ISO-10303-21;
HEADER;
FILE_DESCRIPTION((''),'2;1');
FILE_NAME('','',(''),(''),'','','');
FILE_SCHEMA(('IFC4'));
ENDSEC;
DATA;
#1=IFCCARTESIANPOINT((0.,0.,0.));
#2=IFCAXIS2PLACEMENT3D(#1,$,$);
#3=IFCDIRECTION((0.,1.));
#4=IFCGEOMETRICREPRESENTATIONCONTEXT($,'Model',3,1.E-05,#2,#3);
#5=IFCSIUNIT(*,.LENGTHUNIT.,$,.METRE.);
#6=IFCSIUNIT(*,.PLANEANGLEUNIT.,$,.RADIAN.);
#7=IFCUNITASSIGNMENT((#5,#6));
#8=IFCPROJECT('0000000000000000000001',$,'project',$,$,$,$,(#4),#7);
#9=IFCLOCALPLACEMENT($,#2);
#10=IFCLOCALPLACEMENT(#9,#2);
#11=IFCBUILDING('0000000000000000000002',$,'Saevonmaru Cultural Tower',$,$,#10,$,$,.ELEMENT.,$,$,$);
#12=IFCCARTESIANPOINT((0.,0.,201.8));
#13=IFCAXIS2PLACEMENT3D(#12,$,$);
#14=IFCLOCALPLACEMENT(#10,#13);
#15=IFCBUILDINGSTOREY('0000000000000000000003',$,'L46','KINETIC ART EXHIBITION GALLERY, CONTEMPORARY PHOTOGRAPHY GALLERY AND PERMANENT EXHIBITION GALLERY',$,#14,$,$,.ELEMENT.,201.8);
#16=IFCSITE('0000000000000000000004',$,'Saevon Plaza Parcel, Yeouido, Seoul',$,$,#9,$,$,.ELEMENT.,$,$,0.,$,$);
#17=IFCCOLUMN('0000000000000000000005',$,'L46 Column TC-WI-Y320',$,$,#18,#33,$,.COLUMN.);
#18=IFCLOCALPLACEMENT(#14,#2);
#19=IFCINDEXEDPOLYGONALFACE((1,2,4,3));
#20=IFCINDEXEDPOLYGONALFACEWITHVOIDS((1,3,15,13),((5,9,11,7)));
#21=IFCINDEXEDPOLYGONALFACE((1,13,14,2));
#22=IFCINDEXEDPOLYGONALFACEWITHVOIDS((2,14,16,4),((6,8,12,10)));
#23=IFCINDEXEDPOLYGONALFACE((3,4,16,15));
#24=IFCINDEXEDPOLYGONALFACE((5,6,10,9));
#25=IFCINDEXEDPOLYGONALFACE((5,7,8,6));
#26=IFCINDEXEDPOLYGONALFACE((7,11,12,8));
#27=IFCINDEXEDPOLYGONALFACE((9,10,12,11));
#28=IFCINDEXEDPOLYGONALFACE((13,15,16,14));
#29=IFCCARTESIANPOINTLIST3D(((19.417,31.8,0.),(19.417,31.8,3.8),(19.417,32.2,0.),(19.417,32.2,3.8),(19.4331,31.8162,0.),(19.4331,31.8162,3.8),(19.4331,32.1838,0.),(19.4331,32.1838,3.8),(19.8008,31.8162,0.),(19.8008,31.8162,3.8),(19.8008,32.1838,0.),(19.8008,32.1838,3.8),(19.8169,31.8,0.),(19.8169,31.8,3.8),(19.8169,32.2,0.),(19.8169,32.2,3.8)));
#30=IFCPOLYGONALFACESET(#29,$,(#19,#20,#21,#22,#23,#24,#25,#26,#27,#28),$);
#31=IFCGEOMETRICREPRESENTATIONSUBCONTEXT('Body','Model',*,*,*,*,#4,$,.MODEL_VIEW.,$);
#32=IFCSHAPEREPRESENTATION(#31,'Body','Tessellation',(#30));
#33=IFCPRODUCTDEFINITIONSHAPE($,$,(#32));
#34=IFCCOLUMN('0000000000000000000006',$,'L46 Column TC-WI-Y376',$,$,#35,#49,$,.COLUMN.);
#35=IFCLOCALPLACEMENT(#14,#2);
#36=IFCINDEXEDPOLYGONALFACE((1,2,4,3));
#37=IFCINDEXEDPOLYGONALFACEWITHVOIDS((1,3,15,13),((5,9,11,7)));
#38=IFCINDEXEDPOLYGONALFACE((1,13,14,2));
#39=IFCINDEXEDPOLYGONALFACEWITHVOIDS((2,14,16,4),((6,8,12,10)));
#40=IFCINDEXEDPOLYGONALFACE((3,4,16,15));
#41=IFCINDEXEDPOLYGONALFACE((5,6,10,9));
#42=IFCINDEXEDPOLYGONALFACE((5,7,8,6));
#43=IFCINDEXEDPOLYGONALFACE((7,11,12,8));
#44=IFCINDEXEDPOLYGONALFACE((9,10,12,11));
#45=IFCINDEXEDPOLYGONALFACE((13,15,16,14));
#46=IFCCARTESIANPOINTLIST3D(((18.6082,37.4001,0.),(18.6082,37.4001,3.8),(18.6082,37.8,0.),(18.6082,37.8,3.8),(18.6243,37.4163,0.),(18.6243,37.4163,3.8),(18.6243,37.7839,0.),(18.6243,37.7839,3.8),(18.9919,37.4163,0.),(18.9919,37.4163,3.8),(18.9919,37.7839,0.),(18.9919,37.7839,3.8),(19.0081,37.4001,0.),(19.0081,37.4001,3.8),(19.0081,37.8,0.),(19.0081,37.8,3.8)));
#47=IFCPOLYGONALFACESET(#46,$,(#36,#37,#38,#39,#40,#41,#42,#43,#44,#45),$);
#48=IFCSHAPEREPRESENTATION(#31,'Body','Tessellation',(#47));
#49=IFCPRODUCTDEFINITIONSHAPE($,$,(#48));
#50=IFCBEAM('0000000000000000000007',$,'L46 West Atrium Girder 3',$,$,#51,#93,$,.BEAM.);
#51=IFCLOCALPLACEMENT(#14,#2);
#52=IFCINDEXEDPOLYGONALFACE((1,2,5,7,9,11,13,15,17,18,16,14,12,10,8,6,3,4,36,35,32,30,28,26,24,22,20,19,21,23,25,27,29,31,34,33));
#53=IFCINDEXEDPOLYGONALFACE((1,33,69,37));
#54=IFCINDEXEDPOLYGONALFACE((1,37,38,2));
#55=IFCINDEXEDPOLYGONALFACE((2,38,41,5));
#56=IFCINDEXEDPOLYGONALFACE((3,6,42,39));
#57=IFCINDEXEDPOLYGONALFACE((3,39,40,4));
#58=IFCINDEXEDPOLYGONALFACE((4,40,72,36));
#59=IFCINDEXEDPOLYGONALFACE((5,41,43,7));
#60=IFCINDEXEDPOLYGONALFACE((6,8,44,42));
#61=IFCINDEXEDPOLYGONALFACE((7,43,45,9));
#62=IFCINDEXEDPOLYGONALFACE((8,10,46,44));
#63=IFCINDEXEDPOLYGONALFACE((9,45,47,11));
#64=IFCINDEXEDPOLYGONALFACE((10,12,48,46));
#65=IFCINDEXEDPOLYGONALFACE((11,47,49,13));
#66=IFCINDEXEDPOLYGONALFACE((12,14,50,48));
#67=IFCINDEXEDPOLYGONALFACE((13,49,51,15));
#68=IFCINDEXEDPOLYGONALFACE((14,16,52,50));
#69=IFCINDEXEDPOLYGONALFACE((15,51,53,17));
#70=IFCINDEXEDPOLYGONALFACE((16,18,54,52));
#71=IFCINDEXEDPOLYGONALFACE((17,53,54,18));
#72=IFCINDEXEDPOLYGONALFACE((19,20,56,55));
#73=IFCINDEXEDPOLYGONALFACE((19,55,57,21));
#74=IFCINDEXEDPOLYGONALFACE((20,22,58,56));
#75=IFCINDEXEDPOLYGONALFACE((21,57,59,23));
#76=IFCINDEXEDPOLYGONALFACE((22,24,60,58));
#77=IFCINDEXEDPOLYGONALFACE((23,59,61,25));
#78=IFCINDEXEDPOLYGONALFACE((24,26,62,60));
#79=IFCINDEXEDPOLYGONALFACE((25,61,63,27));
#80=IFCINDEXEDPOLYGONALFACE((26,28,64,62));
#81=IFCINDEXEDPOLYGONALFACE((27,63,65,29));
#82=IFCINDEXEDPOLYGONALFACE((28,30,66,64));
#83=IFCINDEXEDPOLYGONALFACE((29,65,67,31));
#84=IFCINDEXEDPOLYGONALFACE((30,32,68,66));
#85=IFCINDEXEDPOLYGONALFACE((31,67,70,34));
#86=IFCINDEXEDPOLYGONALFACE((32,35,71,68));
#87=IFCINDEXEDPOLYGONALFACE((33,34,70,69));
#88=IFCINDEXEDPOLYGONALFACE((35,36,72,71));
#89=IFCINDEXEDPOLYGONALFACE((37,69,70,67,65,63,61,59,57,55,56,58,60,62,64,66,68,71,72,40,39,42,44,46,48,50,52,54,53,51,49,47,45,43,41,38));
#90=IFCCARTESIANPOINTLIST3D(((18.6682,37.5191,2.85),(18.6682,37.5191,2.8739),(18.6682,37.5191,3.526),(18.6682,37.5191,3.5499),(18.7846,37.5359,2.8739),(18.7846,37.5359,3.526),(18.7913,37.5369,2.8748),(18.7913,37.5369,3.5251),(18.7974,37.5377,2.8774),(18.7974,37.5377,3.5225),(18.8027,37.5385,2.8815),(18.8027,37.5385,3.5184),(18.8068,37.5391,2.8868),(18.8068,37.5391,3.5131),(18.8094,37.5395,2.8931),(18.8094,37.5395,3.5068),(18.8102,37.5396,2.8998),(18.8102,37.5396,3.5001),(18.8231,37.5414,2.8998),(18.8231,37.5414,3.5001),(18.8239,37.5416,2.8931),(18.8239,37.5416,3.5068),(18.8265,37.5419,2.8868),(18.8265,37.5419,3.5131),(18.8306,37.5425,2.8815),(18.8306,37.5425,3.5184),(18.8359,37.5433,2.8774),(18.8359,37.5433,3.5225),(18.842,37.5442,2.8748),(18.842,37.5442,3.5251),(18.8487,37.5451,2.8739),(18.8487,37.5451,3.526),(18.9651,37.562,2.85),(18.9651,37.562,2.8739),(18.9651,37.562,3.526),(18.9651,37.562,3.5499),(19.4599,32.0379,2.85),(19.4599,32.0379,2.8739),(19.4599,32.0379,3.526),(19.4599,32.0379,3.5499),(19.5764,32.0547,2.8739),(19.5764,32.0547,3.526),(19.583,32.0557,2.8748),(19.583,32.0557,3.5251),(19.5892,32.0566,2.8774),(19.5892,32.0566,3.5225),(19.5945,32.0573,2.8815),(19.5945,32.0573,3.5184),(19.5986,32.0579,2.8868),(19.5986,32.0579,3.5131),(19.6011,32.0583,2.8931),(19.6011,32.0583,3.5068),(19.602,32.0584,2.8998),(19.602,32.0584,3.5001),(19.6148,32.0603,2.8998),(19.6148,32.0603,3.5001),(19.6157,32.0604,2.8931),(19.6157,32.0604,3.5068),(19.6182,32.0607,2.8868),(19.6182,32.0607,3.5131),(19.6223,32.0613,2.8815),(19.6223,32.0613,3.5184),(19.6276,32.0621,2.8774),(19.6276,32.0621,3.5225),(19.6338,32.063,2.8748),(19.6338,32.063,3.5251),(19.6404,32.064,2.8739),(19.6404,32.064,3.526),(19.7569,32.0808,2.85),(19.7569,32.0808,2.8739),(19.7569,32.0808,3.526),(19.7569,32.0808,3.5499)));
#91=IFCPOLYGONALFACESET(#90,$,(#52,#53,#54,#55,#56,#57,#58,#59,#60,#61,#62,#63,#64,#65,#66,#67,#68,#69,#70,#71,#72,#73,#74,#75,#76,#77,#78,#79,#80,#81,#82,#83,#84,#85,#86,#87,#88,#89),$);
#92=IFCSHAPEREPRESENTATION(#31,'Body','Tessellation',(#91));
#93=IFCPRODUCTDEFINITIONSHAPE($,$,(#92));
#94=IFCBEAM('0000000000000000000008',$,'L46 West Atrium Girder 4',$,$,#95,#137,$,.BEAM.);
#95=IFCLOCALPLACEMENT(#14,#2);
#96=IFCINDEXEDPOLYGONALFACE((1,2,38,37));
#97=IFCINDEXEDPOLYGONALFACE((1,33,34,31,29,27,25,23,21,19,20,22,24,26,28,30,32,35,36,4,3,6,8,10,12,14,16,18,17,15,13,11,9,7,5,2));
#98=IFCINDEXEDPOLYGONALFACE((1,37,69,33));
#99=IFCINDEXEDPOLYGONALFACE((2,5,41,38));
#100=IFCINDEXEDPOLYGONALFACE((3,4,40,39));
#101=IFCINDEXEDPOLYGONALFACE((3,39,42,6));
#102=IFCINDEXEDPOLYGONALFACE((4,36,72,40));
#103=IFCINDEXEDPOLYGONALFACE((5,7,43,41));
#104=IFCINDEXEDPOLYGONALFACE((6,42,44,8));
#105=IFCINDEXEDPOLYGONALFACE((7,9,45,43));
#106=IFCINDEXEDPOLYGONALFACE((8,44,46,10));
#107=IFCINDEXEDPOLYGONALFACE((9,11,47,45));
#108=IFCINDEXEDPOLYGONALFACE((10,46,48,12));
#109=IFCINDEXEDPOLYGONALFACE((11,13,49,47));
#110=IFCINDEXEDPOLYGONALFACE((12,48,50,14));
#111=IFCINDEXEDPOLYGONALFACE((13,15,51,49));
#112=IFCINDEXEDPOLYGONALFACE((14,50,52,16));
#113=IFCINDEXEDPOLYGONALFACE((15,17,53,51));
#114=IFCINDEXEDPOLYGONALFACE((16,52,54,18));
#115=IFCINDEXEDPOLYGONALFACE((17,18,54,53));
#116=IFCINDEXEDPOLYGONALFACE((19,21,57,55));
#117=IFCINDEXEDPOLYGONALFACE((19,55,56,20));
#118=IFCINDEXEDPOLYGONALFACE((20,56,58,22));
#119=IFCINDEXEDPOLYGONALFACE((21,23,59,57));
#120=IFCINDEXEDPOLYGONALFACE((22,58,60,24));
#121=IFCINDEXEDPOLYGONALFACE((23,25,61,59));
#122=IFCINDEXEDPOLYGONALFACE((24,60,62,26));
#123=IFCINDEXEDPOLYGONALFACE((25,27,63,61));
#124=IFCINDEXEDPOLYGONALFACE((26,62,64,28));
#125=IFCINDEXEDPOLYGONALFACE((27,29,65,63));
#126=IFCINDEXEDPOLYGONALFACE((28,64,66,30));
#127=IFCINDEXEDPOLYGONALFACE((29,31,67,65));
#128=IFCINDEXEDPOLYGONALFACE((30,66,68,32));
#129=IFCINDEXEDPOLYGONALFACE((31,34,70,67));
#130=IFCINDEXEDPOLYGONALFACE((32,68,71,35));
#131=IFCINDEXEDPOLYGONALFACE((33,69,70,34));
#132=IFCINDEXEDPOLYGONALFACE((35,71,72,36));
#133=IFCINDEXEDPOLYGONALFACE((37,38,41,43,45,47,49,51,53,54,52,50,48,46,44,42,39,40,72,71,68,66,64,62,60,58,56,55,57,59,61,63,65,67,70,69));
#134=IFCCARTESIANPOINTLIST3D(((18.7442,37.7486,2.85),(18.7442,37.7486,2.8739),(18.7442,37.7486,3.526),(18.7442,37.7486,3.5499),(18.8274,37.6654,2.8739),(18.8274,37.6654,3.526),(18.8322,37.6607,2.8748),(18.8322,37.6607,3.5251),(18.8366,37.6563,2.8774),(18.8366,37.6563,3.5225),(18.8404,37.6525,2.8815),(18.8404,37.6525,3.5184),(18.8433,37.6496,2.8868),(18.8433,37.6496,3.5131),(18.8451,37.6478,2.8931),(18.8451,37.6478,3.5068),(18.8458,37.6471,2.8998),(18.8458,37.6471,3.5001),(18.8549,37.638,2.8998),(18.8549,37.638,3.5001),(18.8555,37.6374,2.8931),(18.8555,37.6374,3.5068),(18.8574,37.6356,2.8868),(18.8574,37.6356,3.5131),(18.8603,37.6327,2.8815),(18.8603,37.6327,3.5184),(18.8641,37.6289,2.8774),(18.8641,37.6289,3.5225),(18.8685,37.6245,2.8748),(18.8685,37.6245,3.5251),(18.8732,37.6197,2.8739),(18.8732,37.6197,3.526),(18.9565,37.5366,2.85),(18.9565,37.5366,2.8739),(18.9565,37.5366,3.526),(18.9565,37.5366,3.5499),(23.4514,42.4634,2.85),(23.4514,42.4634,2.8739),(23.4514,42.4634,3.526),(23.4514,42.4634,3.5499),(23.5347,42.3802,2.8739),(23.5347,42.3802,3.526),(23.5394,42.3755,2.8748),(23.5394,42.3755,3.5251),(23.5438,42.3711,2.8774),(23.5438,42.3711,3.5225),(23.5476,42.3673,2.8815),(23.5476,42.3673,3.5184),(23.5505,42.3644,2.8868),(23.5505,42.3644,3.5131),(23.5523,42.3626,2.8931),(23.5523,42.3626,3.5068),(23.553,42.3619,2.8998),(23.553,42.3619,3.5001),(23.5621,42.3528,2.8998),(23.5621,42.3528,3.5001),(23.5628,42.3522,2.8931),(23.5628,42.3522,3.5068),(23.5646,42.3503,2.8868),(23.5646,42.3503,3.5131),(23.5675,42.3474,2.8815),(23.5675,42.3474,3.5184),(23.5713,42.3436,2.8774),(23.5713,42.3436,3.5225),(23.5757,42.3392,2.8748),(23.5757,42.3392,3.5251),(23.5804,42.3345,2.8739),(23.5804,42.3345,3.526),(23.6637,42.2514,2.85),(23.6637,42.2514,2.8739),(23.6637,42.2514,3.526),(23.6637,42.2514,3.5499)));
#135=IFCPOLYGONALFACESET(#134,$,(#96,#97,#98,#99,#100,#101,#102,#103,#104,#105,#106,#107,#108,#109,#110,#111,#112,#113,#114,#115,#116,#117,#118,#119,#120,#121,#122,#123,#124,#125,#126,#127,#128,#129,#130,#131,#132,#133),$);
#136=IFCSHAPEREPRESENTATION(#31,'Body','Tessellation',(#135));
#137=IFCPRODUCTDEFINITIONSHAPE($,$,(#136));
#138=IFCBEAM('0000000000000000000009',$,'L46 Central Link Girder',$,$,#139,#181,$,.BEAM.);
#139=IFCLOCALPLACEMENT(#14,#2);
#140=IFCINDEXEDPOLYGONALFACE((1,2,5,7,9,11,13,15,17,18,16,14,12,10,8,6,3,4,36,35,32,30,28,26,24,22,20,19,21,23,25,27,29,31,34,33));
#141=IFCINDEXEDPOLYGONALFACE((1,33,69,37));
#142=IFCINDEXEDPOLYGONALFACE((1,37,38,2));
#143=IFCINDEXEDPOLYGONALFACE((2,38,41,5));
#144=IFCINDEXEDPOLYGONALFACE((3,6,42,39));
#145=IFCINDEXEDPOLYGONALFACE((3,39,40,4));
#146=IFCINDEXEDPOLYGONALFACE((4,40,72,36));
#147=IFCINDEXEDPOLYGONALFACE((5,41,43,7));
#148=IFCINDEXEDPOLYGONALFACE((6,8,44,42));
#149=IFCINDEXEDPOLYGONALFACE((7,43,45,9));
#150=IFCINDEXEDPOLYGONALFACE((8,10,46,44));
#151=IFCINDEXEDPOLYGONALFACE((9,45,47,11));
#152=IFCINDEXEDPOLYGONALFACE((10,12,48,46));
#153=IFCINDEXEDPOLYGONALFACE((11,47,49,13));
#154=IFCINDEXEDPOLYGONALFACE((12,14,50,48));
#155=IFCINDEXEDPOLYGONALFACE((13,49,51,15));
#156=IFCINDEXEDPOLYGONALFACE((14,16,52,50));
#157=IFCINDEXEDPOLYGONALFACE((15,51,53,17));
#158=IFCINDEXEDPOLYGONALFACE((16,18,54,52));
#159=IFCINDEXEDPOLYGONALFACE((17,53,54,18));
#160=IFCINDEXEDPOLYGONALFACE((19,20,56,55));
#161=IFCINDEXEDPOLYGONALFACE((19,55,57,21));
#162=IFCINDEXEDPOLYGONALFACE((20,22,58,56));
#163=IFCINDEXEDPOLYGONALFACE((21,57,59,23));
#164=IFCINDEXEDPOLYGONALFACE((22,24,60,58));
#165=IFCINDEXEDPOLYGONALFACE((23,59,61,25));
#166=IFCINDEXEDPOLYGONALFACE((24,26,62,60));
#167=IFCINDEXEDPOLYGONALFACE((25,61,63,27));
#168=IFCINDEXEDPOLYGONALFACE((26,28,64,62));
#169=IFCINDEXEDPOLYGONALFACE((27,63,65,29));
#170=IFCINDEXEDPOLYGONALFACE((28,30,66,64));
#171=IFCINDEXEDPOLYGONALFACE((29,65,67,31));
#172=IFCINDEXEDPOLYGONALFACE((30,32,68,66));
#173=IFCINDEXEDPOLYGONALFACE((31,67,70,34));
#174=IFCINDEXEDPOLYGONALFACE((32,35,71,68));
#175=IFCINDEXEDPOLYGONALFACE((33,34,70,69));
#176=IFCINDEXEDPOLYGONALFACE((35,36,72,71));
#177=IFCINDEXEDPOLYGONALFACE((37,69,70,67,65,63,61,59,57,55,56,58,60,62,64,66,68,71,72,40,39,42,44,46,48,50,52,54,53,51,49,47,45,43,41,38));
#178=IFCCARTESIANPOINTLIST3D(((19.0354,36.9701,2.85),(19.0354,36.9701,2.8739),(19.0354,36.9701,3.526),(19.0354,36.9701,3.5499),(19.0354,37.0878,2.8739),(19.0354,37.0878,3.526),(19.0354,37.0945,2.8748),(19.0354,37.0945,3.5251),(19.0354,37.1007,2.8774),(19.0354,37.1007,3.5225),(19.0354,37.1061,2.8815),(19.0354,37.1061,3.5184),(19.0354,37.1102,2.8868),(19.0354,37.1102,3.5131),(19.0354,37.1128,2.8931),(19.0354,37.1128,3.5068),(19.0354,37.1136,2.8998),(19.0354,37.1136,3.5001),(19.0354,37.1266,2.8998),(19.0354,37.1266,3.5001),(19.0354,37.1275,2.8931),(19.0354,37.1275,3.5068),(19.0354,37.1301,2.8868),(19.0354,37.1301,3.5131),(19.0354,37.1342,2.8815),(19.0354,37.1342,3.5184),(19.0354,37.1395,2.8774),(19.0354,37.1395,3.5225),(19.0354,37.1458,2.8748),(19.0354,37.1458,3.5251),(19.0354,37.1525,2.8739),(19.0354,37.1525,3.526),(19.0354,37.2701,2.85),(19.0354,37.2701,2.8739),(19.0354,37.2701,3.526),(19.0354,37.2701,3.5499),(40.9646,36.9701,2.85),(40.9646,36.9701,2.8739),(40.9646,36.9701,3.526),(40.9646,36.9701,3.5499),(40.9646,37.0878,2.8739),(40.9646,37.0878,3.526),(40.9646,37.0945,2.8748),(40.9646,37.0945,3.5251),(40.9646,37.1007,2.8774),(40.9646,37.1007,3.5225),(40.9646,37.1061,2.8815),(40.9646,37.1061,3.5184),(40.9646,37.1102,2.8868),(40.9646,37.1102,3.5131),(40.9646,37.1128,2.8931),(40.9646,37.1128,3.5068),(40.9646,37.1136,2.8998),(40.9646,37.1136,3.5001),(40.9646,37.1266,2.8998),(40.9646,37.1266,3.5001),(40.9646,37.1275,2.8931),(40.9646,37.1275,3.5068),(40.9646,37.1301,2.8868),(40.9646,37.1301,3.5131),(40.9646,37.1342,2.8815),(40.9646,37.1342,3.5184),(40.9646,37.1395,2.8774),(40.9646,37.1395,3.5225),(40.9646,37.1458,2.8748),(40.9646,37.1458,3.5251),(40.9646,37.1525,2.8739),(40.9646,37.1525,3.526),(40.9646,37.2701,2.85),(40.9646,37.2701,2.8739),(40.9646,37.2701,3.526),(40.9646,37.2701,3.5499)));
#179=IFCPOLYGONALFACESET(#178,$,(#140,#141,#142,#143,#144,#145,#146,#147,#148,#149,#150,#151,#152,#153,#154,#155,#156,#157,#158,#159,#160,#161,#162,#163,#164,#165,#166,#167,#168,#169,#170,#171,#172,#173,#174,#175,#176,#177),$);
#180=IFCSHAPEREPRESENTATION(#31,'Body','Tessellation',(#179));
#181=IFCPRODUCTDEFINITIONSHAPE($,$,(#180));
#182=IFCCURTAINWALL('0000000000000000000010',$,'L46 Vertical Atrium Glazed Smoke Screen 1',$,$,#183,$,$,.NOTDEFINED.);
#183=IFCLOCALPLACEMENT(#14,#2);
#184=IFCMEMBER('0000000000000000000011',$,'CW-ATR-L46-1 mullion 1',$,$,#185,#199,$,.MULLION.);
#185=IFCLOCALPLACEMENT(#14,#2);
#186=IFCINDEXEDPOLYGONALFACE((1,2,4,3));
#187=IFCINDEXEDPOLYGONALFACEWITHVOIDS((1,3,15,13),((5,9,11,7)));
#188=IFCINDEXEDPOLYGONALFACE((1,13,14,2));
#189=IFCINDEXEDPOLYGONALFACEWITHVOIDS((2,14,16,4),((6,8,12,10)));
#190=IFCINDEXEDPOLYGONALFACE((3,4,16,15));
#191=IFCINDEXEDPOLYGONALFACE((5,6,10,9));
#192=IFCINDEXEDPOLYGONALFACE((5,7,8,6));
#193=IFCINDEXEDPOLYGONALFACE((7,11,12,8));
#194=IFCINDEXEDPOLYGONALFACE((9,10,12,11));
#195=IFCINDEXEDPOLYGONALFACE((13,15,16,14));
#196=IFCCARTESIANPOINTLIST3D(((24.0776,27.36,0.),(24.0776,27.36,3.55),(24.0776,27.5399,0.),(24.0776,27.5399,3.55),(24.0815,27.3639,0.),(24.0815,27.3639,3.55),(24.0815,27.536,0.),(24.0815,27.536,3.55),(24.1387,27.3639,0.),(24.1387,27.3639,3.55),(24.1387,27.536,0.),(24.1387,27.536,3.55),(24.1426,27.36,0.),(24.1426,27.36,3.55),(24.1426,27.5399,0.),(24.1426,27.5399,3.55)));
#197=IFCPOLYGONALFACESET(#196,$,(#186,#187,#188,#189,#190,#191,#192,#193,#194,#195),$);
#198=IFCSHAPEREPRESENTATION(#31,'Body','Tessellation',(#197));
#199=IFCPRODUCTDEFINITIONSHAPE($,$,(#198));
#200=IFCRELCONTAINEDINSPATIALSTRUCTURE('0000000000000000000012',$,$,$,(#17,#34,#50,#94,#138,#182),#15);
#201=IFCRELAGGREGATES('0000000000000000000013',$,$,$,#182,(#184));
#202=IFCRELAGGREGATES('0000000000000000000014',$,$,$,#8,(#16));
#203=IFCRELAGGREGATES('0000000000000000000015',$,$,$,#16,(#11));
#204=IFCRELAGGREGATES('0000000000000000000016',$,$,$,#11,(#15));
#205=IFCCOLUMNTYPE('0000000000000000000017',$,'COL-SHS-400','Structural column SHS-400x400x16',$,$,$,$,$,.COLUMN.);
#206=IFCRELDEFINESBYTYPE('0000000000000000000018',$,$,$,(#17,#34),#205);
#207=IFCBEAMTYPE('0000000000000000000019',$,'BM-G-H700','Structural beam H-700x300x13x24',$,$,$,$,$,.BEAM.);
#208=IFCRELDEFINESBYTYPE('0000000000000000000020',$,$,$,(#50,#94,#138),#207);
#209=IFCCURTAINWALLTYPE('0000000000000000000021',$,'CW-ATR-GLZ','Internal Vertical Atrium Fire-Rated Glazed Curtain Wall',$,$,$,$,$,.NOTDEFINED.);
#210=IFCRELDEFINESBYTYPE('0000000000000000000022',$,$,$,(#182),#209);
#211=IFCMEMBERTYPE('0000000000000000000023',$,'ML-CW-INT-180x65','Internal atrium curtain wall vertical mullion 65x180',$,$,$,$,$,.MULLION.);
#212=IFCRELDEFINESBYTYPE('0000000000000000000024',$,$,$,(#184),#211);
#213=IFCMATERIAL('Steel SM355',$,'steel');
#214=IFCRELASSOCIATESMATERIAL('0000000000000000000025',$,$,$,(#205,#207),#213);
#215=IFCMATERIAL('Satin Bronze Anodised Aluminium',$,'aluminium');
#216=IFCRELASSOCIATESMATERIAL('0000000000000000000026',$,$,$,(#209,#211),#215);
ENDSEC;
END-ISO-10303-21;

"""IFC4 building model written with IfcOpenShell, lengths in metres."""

from ifc_helpers import new_model, si_unit, direction, frame, origin, origin_2d, place, context, subcontext, project, spatial, hollow_rectangle, i_section, extrude, material, material_profile, profile_set, type_object, element, aggregate, save


model = new_model("IFC4")

# Units and contexts
model_context = context("Model", 3, precision=1e-05, world=origin(), true_north=direction((0.0, 1.0)))
body_context = subcontext(model_context, "Body", "Model", "MODEL_VIEW")
ifc_project = project(units=[si_unit("LENGTHUNIT", "METRE"), si_unit("PLANEANGLEUNIT", "RADIAN")], contexts=[model_context])

# Site, building, storey
site_placement = place(None, origin())
site = spatial("IfcSite", under=ifc_project, at=site_placement, Name="Saevon Plaza Parcel, Yeouido, Seoul", CompositionType="ELEMENT", RefElevation=0.0)
building_placement = place(site_placement, origin())
building = spatial("IfcBuilding", under=site, at=building_placement, Name="Saevonmaru Cultural Tower", CompositionType="ELEMENT")
storey_placement = place(building_placement, frame((0.0, 0.0, 201.8)))
storey = spatial("IfcBuildingStorey", under=building, at=storey_placement, Name="L46", Description="KINETIC ART EXHIBITION GALLERY, CONTEMPORARY PHOTOGRAPHY GALLERY AND PERMANENT EXHIBITION GALLERY", CompositionType="ELEMENT", Elevation=201.8)

# Columns
ifc_material_1 = material(Name="Steel SM355", Category="steel")
ifc_material_profile_1 = material_profile(ifc_material_1, hollow_rectangle(XDim=0.3999, YDim=0.3999, WallThickness=0.0161, at=origin_2d()), Name="SHS-400x400x16")
ifc_profile_set_1 = profile_set([ifc_material_profile_1], Name="Steel SM355")
column_type = type_object("IfcColumnType", Name="COL-SHS-400", Description="Structural column SHS-400x400x16", PredefinedType="COLUMN", material=ifc_profile_set_1)
for number, where, z_axis, x_axis, name in (
    (1, (19.6169, 32.0, 0.0), (0.0, 0.0, 1.0), (1.0, 0.0, 0.0), "L46 Column TC-WI-Y320"),
    (2, (18.8081, 37.6001, 0.0), (0.0, 0.0, 1.0), (1.0, 0.0, 0.0), "L46 Column TC-WI-Y376"),
):
    element("IfcColumn", number, at=place(storey_placement, frame(where, z_axis=z_axis, x_axis=x_axis)), inside=storey, type_object=column_type, Name=name, PredefinedType="COLUMN", context=body_context, shape_type="SweptSolid", body=[
        extrude(hollow_rectangle(XDim=0.3999, YDim=0.3999, WallThickness=0.0161, at=origin_2d()), origin(), (0.0, 0.0, 1.0), 3.8),
    ])

# Beams
ifc_material_profile_2 = material_profile(ifc_material_1, i_section(OverallWidth=0.3, OverallDepth=0.7, WebThickness=0.0129, FlangeThickness=0.0239, FilletRadius=0.0259, at=origin_2d()), Name="H-700x300x13x24")
ifc_profile_set_2 = profile_set([ifc_material_profile_2], Name="Steel SM355")
beam_type = type_object("IfcBeamType", Name="BM-G-H700", Description="Structural beam H-700x300x13x24", PredefinedType="BEAM", material=ifc_profile_set_2)
beam_1_placement = place(storey_placement, frame((19.6084, 32.0593, 3.2), z_axis=(-0.142964, 0.989728, 0.0), x_axis=(-0.989728, -0.142964, 0.0)))
element("IfcBeam", 3, at=beam_1_placement, inside=storey, type_object=beam_type, Name="L46 West Atrium Girder 3", PredefinedType="BEAM", context=body_context, shape_type="SweptSolid", body=[
    extrude(i_section(OverallWidth=0.3, OverallDepth=0.7, WebThickness=0.0129, FlangeThickness=0.0239, FilletRadius=0.0259, at=origin_2d()), origin(), (0.0, 0.0, 1.0), 5.5381),
])
beam_2_placement = place(storey_placement, frame((18.8503, 37.6426, 3.2), z_axis=(0.706539, 0.707675, 0.0), x_axis=(-0.707675, 0.706539, 0.0)))
element("IfcBeam", 4, at=beam_2_placement, inside=storey, type_object=beam_type, Name="L46 West Atrium Girder 4", PredefinedType="BEAM", context=body_context, shape_type="SweptSolid", body=[
    extrude(i_section(OverallWidth=0.3, OverallDepth=0.7, WebThickness=0.0129, FlangeThickness=0.0239, FilletRadius=0.0259, at=origin_2d()), origin(), (0.0, 0.0, 1.0), 6.6624),
])
beam_3_placement = place(storey_placement, frame((19.0354, 37.1201, 3.2), z_axis=(1.0, 0.0, 0.0), x_axis=(0.0, 1.0, 0.0)))
element("IfcBeam", 5, at=beam_3_placement, inside=storey, type_object=beam_type, Name="L46 Central Link Girder", PredefinedType="BEAM", context=body_context, shape_type="SweptSolid", body=[
    extrude(i_section(OverallWidth=0.3, OverallDepth=0.7, WebThickness=0.0129, FlangeThickness=0.0239, FilletRadius=0.0259, at=origin_2d()), origin(), (0.0, 0.0, 1.0), 21.9292),
])

# Curtain wall, member
ifc_material_2 = material(Name="Satin Bronze Anodised Aluminium", Category="aluminium")
curtain_wall_type = type_object("IfcCurtainWallType", Name="CW-ATR-GLZ", Description="Internal Vertical Atrium Fire-Rated Glazed Curtain Wall", PredefinedType="NOTDEFINED", material=ifc_material_2)
curtain_wall_1_placement = place(storey_placement, origin())
curtain_wall_1 = element("IfcCurtainWall", 6, at=curtain_wall_1_placement, inside=storey, type_object=curtain_wall_type, Name="L46 Vertical Atrium Glazed Smoke Screen 1", PredefinedType="NOTDEFINED")
ifc_material_profile_3 = material_profile(ifc_material_2, hollow_rectangle(XDim=0.0649, YDim=0.1799, WallThickness=0.0039, at=origin_2d()), Name="ALU-MULL-180x65x4")
ifc_profile_set_3 = profile_set([ifc_material_profile_3], Name="Satin Bronze Anodised Aluminium")
member_type_1 = type_object("IfcMemberType", Name="ML-CW-INT-180x65", Description="Internal atrium curtain wall vertical mullion 65x180", PredefinedType="MULLION", material=ifc_profile_set_3)
member_1_placement = place(storey_placement, frame((24.1101, 27.45, 0.0), z_axis=(0.0, 0.0, 1.0), x_axis=(1.0, 0.0, 0.0)))
member_1 = element("IfcMember", 7, at=member_1_placement, type_object=member_type_1, Name="CW-ATR-L46-1 mullion 1", PredefinedType="MULLION", context=body_context, shape_type="SweptSolid", body=[
    extrude(hollow_rectangle(XDim=0.0649, YDim=0.1799, WallThickness=0.0039, at=origin_2d()), origin(), (0.0, 0.0, 1.0), 3.55),
])
aggregate(curtain_wall_1, [member_1])

save(model, "model.ifc")
